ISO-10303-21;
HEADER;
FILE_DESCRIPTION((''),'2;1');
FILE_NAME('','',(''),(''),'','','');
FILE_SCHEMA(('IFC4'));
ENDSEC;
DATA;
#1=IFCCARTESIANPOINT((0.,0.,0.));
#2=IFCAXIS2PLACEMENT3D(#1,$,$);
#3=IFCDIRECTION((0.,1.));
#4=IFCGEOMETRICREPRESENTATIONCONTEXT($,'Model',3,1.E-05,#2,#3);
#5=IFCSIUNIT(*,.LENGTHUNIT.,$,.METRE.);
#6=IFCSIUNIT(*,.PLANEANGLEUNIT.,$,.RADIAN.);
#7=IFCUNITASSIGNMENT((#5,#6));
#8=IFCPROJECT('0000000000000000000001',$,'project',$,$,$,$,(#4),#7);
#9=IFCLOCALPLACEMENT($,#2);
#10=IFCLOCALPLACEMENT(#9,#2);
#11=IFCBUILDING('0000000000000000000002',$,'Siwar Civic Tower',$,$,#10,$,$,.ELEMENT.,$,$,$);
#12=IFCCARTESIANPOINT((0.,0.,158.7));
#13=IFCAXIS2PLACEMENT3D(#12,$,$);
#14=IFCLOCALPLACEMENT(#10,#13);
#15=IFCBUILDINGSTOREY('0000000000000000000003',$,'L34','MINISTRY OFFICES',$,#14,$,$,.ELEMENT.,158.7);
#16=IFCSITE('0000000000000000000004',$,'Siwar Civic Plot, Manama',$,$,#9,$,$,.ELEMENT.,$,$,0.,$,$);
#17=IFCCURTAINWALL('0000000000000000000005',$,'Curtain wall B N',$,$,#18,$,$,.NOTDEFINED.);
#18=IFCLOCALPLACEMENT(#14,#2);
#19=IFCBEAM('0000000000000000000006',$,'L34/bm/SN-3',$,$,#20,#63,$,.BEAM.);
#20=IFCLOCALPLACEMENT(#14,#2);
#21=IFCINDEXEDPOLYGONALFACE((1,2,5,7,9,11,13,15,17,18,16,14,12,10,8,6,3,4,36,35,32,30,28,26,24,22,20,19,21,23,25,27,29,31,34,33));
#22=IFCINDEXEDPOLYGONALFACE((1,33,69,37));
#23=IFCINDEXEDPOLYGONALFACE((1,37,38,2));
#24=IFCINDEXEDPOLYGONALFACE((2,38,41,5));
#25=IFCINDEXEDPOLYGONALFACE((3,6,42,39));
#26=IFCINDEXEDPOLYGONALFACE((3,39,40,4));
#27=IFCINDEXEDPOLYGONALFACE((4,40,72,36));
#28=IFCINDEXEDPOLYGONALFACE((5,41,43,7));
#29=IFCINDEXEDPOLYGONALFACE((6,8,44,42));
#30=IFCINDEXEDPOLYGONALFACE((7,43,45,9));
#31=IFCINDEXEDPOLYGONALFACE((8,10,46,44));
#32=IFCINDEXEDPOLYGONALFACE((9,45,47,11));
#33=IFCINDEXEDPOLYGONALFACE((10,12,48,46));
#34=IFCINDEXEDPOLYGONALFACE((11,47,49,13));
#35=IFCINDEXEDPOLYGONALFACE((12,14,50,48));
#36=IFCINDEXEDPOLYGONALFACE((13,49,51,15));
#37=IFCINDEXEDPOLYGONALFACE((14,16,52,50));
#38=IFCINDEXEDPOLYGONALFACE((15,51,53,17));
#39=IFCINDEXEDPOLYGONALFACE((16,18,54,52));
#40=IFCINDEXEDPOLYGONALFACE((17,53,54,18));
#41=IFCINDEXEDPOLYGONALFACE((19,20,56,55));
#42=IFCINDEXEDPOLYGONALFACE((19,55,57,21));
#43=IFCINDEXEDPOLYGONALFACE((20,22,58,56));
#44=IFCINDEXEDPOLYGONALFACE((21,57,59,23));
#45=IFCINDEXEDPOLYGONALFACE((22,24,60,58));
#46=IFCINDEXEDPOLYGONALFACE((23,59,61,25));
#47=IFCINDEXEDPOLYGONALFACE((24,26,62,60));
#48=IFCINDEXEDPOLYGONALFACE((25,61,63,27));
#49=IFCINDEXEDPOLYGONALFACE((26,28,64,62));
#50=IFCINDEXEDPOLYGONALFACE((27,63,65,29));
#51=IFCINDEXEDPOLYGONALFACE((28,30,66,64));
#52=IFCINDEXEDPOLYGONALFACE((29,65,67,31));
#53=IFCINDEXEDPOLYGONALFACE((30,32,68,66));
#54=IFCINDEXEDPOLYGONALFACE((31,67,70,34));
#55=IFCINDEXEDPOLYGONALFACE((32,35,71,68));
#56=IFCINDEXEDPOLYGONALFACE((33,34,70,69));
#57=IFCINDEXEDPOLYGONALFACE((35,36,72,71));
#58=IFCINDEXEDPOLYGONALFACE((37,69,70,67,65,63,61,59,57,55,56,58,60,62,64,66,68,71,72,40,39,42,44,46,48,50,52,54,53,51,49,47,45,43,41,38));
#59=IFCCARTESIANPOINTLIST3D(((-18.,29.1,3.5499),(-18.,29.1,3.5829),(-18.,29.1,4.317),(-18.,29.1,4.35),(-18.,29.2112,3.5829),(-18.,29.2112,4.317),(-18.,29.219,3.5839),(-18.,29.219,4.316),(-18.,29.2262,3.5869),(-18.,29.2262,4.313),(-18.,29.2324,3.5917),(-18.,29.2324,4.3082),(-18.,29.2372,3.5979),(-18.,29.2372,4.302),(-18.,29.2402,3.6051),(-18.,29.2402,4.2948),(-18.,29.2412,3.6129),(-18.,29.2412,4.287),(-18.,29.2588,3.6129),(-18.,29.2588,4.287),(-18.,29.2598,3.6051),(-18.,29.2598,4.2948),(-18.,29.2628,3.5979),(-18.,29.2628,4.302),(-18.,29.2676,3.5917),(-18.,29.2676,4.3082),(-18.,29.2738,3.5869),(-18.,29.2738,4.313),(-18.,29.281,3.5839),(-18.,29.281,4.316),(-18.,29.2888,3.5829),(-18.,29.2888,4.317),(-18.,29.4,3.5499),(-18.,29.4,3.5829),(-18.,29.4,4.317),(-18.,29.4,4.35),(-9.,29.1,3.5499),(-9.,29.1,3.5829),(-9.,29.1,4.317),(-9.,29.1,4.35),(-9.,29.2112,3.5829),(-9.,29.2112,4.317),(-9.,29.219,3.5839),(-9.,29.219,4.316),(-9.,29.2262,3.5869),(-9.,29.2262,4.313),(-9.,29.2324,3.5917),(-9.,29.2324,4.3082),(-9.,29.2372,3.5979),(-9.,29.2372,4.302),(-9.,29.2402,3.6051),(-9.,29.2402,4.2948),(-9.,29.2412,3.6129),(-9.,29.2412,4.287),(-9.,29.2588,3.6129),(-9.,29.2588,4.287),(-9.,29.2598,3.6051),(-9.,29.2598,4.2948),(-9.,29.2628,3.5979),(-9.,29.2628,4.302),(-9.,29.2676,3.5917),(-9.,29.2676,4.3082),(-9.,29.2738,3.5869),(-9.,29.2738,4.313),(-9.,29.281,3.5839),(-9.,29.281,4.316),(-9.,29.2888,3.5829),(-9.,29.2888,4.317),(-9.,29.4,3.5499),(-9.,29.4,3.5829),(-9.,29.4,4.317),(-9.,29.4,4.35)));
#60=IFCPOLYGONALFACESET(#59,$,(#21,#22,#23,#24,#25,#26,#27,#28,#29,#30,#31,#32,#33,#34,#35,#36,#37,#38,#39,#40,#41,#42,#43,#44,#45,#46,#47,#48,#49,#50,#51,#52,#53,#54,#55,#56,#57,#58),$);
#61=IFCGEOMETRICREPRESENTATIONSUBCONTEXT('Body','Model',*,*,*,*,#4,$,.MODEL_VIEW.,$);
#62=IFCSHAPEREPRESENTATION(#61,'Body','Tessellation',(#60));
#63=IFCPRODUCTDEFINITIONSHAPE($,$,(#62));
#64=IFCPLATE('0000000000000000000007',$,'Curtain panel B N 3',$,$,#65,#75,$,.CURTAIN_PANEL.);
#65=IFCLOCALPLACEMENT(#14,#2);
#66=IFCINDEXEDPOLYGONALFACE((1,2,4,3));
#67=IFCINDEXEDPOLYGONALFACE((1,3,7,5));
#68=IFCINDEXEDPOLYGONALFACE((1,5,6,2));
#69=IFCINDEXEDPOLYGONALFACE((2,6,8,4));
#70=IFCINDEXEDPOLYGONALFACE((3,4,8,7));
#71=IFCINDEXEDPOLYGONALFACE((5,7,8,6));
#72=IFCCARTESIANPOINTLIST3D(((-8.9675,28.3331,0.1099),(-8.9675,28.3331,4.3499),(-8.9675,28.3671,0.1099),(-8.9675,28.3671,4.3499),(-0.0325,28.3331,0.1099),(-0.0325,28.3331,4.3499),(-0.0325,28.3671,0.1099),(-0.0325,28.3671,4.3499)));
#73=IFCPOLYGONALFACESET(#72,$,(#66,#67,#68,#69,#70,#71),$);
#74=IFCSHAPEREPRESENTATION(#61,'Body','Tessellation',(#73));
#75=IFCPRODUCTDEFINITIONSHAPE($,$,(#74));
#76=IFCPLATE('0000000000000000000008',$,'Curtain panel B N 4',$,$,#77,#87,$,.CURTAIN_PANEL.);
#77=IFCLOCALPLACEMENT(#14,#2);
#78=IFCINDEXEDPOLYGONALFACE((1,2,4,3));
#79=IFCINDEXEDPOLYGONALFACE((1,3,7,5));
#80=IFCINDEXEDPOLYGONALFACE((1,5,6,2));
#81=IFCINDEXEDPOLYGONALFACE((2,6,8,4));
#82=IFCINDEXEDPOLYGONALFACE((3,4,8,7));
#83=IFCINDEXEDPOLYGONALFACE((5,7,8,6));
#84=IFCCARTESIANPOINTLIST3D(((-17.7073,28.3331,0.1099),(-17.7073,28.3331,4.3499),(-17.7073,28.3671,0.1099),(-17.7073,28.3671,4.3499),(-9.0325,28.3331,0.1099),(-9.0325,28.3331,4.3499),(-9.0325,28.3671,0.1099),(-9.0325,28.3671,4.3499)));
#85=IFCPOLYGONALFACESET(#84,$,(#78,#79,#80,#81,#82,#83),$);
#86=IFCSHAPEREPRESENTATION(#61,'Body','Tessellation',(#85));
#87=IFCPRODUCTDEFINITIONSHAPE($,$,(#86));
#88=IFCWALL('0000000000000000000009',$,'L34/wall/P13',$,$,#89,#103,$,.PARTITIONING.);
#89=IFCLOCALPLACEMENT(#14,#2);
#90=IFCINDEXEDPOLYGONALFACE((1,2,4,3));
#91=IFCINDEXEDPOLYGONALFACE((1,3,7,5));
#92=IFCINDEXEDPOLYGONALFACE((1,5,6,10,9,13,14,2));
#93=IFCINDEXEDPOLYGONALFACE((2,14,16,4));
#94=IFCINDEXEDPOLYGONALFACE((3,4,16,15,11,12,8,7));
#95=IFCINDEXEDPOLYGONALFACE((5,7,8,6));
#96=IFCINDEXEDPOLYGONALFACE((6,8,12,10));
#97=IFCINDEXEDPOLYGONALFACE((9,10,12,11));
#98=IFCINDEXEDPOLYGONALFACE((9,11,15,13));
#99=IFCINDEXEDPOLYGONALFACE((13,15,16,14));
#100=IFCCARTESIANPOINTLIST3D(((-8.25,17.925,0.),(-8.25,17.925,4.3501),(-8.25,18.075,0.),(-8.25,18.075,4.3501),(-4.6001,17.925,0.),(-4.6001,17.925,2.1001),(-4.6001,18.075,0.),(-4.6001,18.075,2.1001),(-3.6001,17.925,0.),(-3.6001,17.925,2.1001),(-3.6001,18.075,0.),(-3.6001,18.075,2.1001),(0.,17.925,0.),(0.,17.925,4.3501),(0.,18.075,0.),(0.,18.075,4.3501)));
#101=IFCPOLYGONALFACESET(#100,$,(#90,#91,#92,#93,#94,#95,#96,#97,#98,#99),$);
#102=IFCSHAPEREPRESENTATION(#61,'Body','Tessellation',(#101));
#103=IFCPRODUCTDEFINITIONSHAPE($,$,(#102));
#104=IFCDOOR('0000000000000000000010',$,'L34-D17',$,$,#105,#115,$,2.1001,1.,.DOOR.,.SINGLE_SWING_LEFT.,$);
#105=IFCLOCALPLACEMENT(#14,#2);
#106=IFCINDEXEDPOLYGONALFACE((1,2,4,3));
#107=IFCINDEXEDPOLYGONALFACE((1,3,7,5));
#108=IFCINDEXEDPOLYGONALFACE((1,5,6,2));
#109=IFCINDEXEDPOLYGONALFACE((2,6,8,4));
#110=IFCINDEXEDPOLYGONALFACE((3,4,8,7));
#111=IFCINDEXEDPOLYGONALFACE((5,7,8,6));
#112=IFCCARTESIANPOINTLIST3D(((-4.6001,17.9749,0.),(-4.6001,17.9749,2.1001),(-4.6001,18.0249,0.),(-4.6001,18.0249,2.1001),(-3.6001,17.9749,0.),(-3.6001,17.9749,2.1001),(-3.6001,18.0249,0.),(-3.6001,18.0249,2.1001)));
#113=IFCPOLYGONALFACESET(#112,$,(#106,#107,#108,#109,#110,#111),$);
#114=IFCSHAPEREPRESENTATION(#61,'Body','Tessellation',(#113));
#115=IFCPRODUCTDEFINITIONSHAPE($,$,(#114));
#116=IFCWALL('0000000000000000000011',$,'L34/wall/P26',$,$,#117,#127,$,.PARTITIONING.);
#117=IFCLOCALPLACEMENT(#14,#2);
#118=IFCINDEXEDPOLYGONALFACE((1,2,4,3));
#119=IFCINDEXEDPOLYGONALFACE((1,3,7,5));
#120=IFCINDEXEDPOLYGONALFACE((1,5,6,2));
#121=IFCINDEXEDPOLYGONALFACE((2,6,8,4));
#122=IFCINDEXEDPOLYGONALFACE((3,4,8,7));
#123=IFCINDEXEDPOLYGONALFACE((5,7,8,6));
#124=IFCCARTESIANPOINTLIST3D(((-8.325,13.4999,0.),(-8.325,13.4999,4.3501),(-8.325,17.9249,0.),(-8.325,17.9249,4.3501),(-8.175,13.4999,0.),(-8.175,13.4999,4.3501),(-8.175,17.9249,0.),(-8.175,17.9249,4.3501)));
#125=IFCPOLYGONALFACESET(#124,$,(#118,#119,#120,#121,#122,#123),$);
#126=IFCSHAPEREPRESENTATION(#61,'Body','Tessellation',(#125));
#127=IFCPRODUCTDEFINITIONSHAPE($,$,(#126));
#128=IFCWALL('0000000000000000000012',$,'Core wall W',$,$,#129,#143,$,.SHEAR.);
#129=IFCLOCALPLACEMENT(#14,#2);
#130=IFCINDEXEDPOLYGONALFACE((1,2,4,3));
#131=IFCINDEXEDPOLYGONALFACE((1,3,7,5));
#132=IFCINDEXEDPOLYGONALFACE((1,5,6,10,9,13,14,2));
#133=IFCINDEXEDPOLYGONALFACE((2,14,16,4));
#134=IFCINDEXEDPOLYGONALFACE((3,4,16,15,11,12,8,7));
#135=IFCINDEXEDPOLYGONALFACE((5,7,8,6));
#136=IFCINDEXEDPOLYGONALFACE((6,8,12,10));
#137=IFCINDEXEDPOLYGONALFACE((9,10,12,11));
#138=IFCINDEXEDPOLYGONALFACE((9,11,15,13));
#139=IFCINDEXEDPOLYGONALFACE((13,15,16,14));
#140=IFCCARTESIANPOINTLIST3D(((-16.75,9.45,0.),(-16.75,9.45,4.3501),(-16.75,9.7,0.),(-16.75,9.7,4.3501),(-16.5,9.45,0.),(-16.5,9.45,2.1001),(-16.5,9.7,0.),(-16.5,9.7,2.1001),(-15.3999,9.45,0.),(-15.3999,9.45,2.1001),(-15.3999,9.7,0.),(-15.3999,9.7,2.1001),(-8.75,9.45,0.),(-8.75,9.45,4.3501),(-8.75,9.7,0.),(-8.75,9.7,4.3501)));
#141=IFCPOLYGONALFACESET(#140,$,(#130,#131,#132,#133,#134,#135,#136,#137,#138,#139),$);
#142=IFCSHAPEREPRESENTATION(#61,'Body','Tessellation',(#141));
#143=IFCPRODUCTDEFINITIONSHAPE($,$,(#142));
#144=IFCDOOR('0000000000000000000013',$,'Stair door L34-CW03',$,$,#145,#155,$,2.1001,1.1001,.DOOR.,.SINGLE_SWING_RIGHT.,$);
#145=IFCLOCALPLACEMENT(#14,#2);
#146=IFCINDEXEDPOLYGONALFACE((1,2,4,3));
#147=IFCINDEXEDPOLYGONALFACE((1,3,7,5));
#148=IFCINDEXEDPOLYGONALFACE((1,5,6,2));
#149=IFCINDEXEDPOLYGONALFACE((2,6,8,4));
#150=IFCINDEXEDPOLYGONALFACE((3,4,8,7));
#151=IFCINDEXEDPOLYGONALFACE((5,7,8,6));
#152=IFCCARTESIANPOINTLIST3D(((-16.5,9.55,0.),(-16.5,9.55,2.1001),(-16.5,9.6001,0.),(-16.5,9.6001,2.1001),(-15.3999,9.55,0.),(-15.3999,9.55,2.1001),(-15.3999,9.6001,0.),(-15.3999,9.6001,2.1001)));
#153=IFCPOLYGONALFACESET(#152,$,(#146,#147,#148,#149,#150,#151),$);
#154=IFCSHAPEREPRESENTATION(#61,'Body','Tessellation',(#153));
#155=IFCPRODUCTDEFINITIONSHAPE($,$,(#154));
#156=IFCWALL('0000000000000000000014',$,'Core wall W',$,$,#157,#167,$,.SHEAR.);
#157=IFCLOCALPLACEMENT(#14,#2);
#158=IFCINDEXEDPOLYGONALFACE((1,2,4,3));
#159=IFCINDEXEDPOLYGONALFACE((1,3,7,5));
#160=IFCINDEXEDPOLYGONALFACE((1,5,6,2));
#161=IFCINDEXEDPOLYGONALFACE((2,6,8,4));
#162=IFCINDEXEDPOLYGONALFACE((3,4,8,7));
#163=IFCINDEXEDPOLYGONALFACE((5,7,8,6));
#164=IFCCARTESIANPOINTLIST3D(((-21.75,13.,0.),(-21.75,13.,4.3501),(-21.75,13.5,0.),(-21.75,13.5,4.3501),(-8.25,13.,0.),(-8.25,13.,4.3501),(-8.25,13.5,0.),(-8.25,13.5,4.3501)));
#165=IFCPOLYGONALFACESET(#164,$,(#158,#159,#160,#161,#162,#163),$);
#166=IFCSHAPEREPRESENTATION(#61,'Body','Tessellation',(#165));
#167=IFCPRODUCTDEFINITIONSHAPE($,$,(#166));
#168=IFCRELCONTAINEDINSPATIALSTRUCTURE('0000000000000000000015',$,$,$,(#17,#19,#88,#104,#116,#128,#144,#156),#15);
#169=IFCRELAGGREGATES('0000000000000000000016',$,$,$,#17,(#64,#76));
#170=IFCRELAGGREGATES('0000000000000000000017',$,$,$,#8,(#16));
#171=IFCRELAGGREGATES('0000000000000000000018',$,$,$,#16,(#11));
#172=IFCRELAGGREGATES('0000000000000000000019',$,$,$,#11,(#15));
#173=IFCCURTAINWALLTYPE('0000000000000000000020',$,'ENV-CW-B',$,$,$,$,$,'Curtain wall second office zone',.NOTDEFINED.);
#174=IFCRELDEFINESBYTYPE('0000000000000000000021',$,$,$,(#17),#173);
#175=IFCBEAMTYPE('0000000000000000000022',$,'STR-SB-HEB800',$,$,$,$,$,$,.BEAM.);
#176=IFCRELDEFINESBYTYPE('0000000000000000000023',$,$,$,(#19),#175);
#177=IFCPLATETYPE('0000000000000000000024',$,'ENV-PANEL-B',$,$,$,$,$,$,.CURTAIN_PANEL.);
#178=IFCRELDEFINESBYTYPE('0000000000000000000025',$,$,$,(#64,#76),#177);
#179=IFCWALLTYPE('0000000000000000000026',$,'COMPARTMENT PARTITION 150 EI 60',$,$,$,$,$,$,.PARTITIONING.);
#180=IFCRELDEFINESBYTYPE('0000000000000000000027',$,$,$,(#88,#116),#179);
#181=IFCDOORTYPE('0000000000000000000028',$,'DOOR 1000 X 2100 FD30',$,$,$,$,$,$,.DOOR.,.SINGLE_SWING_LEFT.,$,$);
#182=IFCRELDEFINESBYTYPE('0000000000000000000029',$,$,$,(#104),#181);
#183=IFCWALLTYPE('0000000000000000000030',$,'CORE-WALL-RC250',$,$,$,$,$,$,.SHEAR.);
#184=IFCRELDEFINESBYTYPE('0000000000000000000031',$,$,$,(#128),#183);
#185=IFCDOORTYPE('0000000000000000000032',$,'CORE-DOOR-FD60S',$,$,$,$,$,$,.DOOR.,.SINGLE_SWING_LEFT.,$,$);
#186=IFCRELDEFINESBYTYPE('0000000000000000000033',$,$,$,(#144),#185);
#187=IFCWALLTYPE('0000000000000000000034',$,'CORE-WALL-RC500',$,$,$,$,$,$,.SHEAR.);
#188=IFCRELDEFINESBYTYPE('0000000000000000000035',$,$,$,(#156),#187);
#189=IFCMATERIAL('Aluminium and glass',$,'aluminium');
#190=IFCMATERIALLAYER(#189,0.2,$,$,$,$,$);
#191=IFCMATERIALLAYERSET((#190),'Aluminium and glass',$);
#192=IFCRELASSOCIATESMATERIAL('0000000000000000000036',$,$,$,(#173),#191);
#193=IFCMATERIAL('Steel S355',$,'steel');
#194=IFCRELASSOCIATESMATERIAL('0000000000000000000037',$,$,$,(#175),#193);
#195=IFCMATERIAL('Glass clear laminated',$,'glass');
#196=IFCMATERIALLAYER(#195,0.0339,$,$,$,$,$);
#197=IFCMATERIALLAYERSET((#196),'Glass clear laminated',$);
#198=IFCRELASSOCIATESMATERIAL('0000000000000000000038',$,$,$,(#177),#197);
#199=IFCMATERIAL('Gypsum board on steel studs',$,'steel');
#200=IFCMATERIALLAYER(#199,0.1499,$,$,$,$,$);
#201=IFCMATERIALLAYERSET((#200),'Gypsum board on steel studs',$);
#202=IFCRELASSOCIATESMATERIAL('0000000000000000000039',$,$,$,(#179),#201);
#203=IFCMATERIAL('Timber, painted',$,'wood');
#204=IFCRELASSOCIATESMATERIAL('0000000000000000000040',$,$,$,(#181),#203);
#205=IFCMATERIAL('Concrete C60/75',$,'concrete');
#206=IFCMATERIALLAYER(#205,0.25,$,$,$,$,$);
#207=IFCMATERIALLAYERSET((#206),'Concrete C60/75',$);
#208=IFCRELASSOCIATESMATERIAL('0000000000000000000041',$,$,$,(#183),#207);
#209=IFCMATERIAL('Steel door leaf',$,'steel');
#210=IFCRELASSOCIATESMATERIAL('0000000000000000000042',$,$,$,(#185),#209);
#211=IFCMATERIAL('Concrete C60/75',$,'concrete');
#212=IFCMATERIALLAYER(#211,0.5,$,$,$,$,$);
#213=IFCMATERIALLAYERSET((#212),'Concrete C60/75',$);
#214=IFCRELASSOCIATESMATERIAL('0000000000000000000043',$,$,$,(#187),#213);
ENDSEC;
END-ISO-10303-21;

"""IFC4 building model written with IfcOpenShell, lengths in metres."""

from ifc_helpers import new_model, si_unit, direction, frame, frame_2d, origin, origin_2d, place, context, subcontext, project, spatial, rectangle, i_section, extrude, material, layer, layer_set, material_profile, profile_set, type_object, element, fill, aggregate, save


model = new_model("IFC4")

# Units and contexts
model_context = context("Model", 3, precision=1e-05, world=origin(), true_north=direction((0.0, 1.0)))
body_context = subcontext(model_context, "Body", "Model", "MODEL_VIEW")
ifc_project = project(units=[si_unit("LENGTHUNIT", "METRE"), si_unit("PLANEANGLEUNIT", "RADIAN")], contexts=[model_context])

# Site, building, storey
site_placement = place(None, origin())
site = spatial("IfcSite", under=ifc_project, at=site_placement, Name="Siwar Civic Plot, Manama", CompositionType="ELEMENT", RefElevation=0.0)
building_placement = place(site_placement, origin())
building = spatial("IfcBuilding", under=site, at=building_placement, Name="Siwar Civic Tower", CompositionType="ELEMENT")
storey_placement = place(building_placement, frame((0.0, 0.0, 158.7)))
storey = spatial("IfcBuildingStorey", under=building, at=storey_placement, Name="L34", Description="MINISTRY OFFICES", CompositionType="ELEMENT", Elevation=158.7)

# Curtain wall
ifc_material_1 = material(Name="Aluminium and glass", Category="aluminium")
ifc_layer_1 = layer(ifc_material_1, 0.2)
ifc_layer_set_1 = layer_set([ifc_layer_1], Name="Aluminium and glass")
curtain_wall_type_1 = type_object("IfcCurtainWallType", Name="ENV-CW-B", ElementType="Curtain wall second office zone", PredefinedType="NOTDEFINED", material=ifc_layer_set_1)
curtain_wall_1_placement = place(storey_placement, origin())
curtain_wall_1 = element("IfcCurtainWall", 1, at=curtain_wall_1_placement, inside=storey, type_object=curtain_wall_type_1, Name="Curtain wall B N", PredefinedType="NOTDEFINED")

# Beam
ifc_material_2 = material(Name="Steel S355", Category="steel")
ifc_material_profile_1 = material_profile(ifc_material_2, i_section(OverallWidth=0.3, OverallDepth=0.8, WebThickness=0.0176, FlangeThickness=0.033, FilletRadius=0.03, at=origin_2d()), Name="HEB800")
ifc_profile_set_1 = profile_set([ifc_material_profile_1], Name="Steel S355")
beam_type_1 = type_object("IfcBeamType", Name="STR-SB-HEB800", PredefinedType="BEAM", material=ifc_profile_set_1)
for number, where, z_axis, x_axis, name in (
    (2, (-9.0, 29.25, 3.95), (-1.0, 0.0, 0.0), (0.0, -1.0, 0.0), "L34/bm/SN-3"),
):
    element("IfcBeam", number, at=place(storey_placement, frame(where, z_axis=z_axis, x_axis=x_axis)), inside=storey, type_object=beam_type_1, Name=name, PredefinedType="BEAM", context=body_context, shape_type="SweptSolid", body=[
        extrude(i_section(OverallWidth=0.3, OverallDepth=0.8, WebThickness=0.0176, FlangeThickness=0.033, FilletRadius=0.03, at=origin_2d()), origin(), (0.0, 0.0, 1.0), 9.0),
    ])

# Plates
ifc_material_3 = material(Name="Glass clear laminated", Category="glass")
ifc_layer_2 = layer(ifc_material_3, 0.0339)
ifc_layer_set_2 = layer_set([ifc_layer_2], Name="Glass clear laminated")
plate_type = type_object("IfcPlateType", Name="ENV-PANEL-B", PredefinedType="CURTAIN_PANEL", material=ifc_layer_set_2)
plate_1_placement = place(storey_placement, frame((-4.5, 28.3501, 0.1099), z_axis=(0.0, 0.0, 1.0), x_axis=(-1.0, 0.0, 0.0)))
plate_1 = element("IfcPlate", 3, at=plate_1_placement, type_object=plate_type, Name="Curtain panel B N 3", PredefinedType="CURTAIN_PANEL", context=body_context, shape_type="SweptSolid", body=[
    extrude(rectangle(XDim=8.9351, YDim=0.0339, at=origin_2d()), origin(), (0.0, 0.0, 1.0), 4.24),
])
plate_2_placement = place(storey_placement, frame((-13.3699, 28.3501, 0.1099), z_axis=(0.0, 0.0, 1.0), x_axis=(-1.0, 0.0, 0.0)))
plate_2 = element("IfcPlate", 4, at=plate_2_placement, type_object=plate_type, Name="Curtain panel B N 4", PredefinedType="CURTAIN_PANEL", context=body_context, shape_type="SweptSolid", body=[
    extrude(rectangle(XDim=8.6748, YDim=0.0339, at=origin_2d()), origin(), (0.0, 0.0, 1.0), 4.24),
])
aggregate(curtain_wall_1, [plate_1, plate_2])

# Wall, opening, door
ifc_material_4 = material(Name="Gypsum board on steel studs", Category="steel")
ifc_layer_3 = layer(ifc_material_4, 0.1499)
ifc_layer_set_3 = layer_set([ifc_layer_3], Name="Gypsum board on steel studs")
wall_type_1 = type_object("IfcWallType", Name="COMPARTMENT PARTITION 150 EI 60", PredefinedType="PARTITIONING", material=ifc_layer_set_3)
wall_1_placement = place(storey_placement, frame((-8.25, 18.0, 0.0), z_axis=(0.0, 0.0, 1.0), x_axis=(1.0, 0.0, 0.0)))
wall_1 = element("IfcWall", 5, at=wall_1_placement, inside=storey, type_object=wall_type_1, Name="L34/wall/P13", PredefinedType="PARTITIONING", context=body_context, shape_type="SweptSolid", body=[
    extrude(rectangle(XDim=8.25, YDim=0.1499, at=frame_2d((4.125, 0.0))), origin(), (0.0, 0.0, 1.0), 4.3501),
])
opening_1_placement = place(wall_1_placement, frame((3.6499, 0.0, 0.0)))
opening_1 = element("IfcOpeningElement", 6, at=opening_1_placement, cuts=wall_1, PredefinedType="OPENING", context=body_context, shape_type="SweptSolid", body=[
    extrude(rectangle(XDim=1.0, YDim=2.1001, at=frame_2d((0.5, 1.05))), frame((0.0, 0.085, 0.0), z_axis=(0.0, -1.0, 0.0), x_axis=(1.0, 0.0, 0.0)), (0.0, 0.0, 1.0), 0.1699),
])
ifc_material_5 = material(Name="Timber, painted", Category="wood")
door_type_1 = type_object("IfcDoorType", Name="DOOR 1000 X 2100 FD30", OperationType="SINGLE_SWING_LEFT", PredefinedType="DOOR", material=ifc_material_5)
door_1_placement = place(opening_1_placement, origin())
door_1 = element("IfcDoor", 7, at=door_1_placement, inside=storey, type_object=door_type_1, Name="L34-D17", OperationType="SINGLE_SWING_LEFT", OverallHeight=2.1001, OverallWidth=1.0, PredefinedType="DOOR", context=body_context, shape_type="SweptSolid", body=[
    extrude(rectangle(XDim=1.0, YDim=2.1001, at=frame_2d((0.5, 1.05))), frame((0.0, 0.0249, 0.0), z_axis=(0.0, -1.0, 0.0), x_axis=(1.0, 0.0, 0.0)), (0.0, 0.0, 1.0), 0.05),
])
fill(opening_1, door_1)

# Wall
wall_2_placement = place(storey_placement, frame((-8.25, 13.5, 0.0), z_axis=(0.0, 0.0, 1.0), x_axis=(0.0, 1.0, 0.0)))
element("IfcWall", 8, at=wall_2_placement, inside=storey, type_object=wall_type_1, Name="L34/wall/P26", PredefinedType="PARTITIONING", context=body_context, shape_type="SweptSolid", body=[
    extrude(rectangle(XDim=4.425, YDim=0.1499, at=frame_2d((2.2124, 0.0))), origin(), (0.0, 0.0, 1.0), 4.3501),
])

# Wall, opening, door
ifc_material_6 = material(Name="Concrete C60/75", Category="concrete")
ifc_layer_4 = layer(ifc_material_6, 0.25)
ifc_layer_set_4 = layer_set([ifc_layer_4], Name="Concrete C60/75")
wall_type_2 = type_object("IfcWallType", Name="CORE-WALL-RC250", PredefinedType="SHEAR", material=ifc_layer_set_4)
wall_3_placement = place(storey_placement, frame((-8.75, 9.575, 0.0), z_axis=(0.0, 0.0, 1.0), x_axis=(-1.0, 0.0, 0.0)))
wall_3 = element("IfcWall", 9, at=wall_3_placement, inside=storey, type_object=wall_type_2, Name="Core wall W", PredefinedType="SHEAR", context=body_context, shape_type="SweptSolid", body=[
    extrude(rectangle(XDim=8.0, YDim=0.25, at=frame_2d((4.0, 0.0))), origin(), (0.0, 0.0, 1.0), 4.3501),
])
opening_2_placement = place(wall_3_placement, frame((6.6499, 0.0, 0.0)))
opening_2 = element("IfcOpeningElement", 10, at=opening_2_placement, cuts=wall_3, PredefinedType="OPENING", context=body_context, shape_type="SweptSolid", body=[
    extrude(rectangle(XDim=1.1001, YDim=2.1001, at=frame_2d((0.55, 1.05))), frame((0.0, 0.135, 0.0), z_axis=(0.0, -1.0, 0.0), x_axis=(1.0, 0.0, 0.0)), (0.0, 0.0, 1.0), 0.27),
])
ifc_material_7 = material(Name="Steel door leaf", Category="steel")
door_type_2 = type_object("IfcDoorType", Name="CORE-DOOR-FD60S", OperationType="SINGLE_SWING_LEFT", PredefinedType="DOOR", material=ifc_material_7)
door_2_placement = place(opening_2_placement, origin())
door_2 = element("IfcDoor", 11, at=door_2_placement, inside=storey, type_object=door_type_2, Name="Stair door L34-CW03", OperationType="SINGLE_SWING_RIGHT", OverallHeight=2.1001, OverallWidth=1.1001, PredefinedType="DOOR", context=body_context, shape_type="SweptSolid", body=[
    extrude(rectangle(XDim=1.1001, YDim=2.1001, at=frame_2d((0.55, 1.05))), frame((0.0, 0.0249, 0.0), z_axis=(0.0, -1.0, 0.0), x_axis=(1.0, 0.0, 0.0)), (0.0, 0.0, 1.0), 0.05),
])
fill(opening_2, door_2)

# Wall
ifc_material_8 = material(Name="Concrete C60/75", Category="concrete")
ifc_layer_5 = layer(ifc_material_8, 0.5)
ifc_layer_set_5 = layer_set([ifc_layer_5], Name="Concrete C60/75")
wall_type_3 = type_object("IfcWallType", Name="CORE-WALL-RC500", PredefinedType="SHEAR", material=ifc_layer_set_5)
wall_4_placement = place(storey_placement, frame((-8.25, 13.25, 0.0), z_axis=(0.0, 0.0, 1.0), x_axis=(-1.0, 0.0, 0.0)))
element("IfcWall", 12, at=wall_4_placement, inside=storey, type_object=wall_type_3, Name="Core wall W", PredefinedType="SHEAR", context=body_context, shape_type="SweptSolid", body=[
    extrude(rectangle(XDim=13.5, YDim=0.5, at=frame_2d((6.75, 0.0))), origin(), (0.0, 0.0, 1.0), 4.3501),
])

save(model, "model.ifc")
